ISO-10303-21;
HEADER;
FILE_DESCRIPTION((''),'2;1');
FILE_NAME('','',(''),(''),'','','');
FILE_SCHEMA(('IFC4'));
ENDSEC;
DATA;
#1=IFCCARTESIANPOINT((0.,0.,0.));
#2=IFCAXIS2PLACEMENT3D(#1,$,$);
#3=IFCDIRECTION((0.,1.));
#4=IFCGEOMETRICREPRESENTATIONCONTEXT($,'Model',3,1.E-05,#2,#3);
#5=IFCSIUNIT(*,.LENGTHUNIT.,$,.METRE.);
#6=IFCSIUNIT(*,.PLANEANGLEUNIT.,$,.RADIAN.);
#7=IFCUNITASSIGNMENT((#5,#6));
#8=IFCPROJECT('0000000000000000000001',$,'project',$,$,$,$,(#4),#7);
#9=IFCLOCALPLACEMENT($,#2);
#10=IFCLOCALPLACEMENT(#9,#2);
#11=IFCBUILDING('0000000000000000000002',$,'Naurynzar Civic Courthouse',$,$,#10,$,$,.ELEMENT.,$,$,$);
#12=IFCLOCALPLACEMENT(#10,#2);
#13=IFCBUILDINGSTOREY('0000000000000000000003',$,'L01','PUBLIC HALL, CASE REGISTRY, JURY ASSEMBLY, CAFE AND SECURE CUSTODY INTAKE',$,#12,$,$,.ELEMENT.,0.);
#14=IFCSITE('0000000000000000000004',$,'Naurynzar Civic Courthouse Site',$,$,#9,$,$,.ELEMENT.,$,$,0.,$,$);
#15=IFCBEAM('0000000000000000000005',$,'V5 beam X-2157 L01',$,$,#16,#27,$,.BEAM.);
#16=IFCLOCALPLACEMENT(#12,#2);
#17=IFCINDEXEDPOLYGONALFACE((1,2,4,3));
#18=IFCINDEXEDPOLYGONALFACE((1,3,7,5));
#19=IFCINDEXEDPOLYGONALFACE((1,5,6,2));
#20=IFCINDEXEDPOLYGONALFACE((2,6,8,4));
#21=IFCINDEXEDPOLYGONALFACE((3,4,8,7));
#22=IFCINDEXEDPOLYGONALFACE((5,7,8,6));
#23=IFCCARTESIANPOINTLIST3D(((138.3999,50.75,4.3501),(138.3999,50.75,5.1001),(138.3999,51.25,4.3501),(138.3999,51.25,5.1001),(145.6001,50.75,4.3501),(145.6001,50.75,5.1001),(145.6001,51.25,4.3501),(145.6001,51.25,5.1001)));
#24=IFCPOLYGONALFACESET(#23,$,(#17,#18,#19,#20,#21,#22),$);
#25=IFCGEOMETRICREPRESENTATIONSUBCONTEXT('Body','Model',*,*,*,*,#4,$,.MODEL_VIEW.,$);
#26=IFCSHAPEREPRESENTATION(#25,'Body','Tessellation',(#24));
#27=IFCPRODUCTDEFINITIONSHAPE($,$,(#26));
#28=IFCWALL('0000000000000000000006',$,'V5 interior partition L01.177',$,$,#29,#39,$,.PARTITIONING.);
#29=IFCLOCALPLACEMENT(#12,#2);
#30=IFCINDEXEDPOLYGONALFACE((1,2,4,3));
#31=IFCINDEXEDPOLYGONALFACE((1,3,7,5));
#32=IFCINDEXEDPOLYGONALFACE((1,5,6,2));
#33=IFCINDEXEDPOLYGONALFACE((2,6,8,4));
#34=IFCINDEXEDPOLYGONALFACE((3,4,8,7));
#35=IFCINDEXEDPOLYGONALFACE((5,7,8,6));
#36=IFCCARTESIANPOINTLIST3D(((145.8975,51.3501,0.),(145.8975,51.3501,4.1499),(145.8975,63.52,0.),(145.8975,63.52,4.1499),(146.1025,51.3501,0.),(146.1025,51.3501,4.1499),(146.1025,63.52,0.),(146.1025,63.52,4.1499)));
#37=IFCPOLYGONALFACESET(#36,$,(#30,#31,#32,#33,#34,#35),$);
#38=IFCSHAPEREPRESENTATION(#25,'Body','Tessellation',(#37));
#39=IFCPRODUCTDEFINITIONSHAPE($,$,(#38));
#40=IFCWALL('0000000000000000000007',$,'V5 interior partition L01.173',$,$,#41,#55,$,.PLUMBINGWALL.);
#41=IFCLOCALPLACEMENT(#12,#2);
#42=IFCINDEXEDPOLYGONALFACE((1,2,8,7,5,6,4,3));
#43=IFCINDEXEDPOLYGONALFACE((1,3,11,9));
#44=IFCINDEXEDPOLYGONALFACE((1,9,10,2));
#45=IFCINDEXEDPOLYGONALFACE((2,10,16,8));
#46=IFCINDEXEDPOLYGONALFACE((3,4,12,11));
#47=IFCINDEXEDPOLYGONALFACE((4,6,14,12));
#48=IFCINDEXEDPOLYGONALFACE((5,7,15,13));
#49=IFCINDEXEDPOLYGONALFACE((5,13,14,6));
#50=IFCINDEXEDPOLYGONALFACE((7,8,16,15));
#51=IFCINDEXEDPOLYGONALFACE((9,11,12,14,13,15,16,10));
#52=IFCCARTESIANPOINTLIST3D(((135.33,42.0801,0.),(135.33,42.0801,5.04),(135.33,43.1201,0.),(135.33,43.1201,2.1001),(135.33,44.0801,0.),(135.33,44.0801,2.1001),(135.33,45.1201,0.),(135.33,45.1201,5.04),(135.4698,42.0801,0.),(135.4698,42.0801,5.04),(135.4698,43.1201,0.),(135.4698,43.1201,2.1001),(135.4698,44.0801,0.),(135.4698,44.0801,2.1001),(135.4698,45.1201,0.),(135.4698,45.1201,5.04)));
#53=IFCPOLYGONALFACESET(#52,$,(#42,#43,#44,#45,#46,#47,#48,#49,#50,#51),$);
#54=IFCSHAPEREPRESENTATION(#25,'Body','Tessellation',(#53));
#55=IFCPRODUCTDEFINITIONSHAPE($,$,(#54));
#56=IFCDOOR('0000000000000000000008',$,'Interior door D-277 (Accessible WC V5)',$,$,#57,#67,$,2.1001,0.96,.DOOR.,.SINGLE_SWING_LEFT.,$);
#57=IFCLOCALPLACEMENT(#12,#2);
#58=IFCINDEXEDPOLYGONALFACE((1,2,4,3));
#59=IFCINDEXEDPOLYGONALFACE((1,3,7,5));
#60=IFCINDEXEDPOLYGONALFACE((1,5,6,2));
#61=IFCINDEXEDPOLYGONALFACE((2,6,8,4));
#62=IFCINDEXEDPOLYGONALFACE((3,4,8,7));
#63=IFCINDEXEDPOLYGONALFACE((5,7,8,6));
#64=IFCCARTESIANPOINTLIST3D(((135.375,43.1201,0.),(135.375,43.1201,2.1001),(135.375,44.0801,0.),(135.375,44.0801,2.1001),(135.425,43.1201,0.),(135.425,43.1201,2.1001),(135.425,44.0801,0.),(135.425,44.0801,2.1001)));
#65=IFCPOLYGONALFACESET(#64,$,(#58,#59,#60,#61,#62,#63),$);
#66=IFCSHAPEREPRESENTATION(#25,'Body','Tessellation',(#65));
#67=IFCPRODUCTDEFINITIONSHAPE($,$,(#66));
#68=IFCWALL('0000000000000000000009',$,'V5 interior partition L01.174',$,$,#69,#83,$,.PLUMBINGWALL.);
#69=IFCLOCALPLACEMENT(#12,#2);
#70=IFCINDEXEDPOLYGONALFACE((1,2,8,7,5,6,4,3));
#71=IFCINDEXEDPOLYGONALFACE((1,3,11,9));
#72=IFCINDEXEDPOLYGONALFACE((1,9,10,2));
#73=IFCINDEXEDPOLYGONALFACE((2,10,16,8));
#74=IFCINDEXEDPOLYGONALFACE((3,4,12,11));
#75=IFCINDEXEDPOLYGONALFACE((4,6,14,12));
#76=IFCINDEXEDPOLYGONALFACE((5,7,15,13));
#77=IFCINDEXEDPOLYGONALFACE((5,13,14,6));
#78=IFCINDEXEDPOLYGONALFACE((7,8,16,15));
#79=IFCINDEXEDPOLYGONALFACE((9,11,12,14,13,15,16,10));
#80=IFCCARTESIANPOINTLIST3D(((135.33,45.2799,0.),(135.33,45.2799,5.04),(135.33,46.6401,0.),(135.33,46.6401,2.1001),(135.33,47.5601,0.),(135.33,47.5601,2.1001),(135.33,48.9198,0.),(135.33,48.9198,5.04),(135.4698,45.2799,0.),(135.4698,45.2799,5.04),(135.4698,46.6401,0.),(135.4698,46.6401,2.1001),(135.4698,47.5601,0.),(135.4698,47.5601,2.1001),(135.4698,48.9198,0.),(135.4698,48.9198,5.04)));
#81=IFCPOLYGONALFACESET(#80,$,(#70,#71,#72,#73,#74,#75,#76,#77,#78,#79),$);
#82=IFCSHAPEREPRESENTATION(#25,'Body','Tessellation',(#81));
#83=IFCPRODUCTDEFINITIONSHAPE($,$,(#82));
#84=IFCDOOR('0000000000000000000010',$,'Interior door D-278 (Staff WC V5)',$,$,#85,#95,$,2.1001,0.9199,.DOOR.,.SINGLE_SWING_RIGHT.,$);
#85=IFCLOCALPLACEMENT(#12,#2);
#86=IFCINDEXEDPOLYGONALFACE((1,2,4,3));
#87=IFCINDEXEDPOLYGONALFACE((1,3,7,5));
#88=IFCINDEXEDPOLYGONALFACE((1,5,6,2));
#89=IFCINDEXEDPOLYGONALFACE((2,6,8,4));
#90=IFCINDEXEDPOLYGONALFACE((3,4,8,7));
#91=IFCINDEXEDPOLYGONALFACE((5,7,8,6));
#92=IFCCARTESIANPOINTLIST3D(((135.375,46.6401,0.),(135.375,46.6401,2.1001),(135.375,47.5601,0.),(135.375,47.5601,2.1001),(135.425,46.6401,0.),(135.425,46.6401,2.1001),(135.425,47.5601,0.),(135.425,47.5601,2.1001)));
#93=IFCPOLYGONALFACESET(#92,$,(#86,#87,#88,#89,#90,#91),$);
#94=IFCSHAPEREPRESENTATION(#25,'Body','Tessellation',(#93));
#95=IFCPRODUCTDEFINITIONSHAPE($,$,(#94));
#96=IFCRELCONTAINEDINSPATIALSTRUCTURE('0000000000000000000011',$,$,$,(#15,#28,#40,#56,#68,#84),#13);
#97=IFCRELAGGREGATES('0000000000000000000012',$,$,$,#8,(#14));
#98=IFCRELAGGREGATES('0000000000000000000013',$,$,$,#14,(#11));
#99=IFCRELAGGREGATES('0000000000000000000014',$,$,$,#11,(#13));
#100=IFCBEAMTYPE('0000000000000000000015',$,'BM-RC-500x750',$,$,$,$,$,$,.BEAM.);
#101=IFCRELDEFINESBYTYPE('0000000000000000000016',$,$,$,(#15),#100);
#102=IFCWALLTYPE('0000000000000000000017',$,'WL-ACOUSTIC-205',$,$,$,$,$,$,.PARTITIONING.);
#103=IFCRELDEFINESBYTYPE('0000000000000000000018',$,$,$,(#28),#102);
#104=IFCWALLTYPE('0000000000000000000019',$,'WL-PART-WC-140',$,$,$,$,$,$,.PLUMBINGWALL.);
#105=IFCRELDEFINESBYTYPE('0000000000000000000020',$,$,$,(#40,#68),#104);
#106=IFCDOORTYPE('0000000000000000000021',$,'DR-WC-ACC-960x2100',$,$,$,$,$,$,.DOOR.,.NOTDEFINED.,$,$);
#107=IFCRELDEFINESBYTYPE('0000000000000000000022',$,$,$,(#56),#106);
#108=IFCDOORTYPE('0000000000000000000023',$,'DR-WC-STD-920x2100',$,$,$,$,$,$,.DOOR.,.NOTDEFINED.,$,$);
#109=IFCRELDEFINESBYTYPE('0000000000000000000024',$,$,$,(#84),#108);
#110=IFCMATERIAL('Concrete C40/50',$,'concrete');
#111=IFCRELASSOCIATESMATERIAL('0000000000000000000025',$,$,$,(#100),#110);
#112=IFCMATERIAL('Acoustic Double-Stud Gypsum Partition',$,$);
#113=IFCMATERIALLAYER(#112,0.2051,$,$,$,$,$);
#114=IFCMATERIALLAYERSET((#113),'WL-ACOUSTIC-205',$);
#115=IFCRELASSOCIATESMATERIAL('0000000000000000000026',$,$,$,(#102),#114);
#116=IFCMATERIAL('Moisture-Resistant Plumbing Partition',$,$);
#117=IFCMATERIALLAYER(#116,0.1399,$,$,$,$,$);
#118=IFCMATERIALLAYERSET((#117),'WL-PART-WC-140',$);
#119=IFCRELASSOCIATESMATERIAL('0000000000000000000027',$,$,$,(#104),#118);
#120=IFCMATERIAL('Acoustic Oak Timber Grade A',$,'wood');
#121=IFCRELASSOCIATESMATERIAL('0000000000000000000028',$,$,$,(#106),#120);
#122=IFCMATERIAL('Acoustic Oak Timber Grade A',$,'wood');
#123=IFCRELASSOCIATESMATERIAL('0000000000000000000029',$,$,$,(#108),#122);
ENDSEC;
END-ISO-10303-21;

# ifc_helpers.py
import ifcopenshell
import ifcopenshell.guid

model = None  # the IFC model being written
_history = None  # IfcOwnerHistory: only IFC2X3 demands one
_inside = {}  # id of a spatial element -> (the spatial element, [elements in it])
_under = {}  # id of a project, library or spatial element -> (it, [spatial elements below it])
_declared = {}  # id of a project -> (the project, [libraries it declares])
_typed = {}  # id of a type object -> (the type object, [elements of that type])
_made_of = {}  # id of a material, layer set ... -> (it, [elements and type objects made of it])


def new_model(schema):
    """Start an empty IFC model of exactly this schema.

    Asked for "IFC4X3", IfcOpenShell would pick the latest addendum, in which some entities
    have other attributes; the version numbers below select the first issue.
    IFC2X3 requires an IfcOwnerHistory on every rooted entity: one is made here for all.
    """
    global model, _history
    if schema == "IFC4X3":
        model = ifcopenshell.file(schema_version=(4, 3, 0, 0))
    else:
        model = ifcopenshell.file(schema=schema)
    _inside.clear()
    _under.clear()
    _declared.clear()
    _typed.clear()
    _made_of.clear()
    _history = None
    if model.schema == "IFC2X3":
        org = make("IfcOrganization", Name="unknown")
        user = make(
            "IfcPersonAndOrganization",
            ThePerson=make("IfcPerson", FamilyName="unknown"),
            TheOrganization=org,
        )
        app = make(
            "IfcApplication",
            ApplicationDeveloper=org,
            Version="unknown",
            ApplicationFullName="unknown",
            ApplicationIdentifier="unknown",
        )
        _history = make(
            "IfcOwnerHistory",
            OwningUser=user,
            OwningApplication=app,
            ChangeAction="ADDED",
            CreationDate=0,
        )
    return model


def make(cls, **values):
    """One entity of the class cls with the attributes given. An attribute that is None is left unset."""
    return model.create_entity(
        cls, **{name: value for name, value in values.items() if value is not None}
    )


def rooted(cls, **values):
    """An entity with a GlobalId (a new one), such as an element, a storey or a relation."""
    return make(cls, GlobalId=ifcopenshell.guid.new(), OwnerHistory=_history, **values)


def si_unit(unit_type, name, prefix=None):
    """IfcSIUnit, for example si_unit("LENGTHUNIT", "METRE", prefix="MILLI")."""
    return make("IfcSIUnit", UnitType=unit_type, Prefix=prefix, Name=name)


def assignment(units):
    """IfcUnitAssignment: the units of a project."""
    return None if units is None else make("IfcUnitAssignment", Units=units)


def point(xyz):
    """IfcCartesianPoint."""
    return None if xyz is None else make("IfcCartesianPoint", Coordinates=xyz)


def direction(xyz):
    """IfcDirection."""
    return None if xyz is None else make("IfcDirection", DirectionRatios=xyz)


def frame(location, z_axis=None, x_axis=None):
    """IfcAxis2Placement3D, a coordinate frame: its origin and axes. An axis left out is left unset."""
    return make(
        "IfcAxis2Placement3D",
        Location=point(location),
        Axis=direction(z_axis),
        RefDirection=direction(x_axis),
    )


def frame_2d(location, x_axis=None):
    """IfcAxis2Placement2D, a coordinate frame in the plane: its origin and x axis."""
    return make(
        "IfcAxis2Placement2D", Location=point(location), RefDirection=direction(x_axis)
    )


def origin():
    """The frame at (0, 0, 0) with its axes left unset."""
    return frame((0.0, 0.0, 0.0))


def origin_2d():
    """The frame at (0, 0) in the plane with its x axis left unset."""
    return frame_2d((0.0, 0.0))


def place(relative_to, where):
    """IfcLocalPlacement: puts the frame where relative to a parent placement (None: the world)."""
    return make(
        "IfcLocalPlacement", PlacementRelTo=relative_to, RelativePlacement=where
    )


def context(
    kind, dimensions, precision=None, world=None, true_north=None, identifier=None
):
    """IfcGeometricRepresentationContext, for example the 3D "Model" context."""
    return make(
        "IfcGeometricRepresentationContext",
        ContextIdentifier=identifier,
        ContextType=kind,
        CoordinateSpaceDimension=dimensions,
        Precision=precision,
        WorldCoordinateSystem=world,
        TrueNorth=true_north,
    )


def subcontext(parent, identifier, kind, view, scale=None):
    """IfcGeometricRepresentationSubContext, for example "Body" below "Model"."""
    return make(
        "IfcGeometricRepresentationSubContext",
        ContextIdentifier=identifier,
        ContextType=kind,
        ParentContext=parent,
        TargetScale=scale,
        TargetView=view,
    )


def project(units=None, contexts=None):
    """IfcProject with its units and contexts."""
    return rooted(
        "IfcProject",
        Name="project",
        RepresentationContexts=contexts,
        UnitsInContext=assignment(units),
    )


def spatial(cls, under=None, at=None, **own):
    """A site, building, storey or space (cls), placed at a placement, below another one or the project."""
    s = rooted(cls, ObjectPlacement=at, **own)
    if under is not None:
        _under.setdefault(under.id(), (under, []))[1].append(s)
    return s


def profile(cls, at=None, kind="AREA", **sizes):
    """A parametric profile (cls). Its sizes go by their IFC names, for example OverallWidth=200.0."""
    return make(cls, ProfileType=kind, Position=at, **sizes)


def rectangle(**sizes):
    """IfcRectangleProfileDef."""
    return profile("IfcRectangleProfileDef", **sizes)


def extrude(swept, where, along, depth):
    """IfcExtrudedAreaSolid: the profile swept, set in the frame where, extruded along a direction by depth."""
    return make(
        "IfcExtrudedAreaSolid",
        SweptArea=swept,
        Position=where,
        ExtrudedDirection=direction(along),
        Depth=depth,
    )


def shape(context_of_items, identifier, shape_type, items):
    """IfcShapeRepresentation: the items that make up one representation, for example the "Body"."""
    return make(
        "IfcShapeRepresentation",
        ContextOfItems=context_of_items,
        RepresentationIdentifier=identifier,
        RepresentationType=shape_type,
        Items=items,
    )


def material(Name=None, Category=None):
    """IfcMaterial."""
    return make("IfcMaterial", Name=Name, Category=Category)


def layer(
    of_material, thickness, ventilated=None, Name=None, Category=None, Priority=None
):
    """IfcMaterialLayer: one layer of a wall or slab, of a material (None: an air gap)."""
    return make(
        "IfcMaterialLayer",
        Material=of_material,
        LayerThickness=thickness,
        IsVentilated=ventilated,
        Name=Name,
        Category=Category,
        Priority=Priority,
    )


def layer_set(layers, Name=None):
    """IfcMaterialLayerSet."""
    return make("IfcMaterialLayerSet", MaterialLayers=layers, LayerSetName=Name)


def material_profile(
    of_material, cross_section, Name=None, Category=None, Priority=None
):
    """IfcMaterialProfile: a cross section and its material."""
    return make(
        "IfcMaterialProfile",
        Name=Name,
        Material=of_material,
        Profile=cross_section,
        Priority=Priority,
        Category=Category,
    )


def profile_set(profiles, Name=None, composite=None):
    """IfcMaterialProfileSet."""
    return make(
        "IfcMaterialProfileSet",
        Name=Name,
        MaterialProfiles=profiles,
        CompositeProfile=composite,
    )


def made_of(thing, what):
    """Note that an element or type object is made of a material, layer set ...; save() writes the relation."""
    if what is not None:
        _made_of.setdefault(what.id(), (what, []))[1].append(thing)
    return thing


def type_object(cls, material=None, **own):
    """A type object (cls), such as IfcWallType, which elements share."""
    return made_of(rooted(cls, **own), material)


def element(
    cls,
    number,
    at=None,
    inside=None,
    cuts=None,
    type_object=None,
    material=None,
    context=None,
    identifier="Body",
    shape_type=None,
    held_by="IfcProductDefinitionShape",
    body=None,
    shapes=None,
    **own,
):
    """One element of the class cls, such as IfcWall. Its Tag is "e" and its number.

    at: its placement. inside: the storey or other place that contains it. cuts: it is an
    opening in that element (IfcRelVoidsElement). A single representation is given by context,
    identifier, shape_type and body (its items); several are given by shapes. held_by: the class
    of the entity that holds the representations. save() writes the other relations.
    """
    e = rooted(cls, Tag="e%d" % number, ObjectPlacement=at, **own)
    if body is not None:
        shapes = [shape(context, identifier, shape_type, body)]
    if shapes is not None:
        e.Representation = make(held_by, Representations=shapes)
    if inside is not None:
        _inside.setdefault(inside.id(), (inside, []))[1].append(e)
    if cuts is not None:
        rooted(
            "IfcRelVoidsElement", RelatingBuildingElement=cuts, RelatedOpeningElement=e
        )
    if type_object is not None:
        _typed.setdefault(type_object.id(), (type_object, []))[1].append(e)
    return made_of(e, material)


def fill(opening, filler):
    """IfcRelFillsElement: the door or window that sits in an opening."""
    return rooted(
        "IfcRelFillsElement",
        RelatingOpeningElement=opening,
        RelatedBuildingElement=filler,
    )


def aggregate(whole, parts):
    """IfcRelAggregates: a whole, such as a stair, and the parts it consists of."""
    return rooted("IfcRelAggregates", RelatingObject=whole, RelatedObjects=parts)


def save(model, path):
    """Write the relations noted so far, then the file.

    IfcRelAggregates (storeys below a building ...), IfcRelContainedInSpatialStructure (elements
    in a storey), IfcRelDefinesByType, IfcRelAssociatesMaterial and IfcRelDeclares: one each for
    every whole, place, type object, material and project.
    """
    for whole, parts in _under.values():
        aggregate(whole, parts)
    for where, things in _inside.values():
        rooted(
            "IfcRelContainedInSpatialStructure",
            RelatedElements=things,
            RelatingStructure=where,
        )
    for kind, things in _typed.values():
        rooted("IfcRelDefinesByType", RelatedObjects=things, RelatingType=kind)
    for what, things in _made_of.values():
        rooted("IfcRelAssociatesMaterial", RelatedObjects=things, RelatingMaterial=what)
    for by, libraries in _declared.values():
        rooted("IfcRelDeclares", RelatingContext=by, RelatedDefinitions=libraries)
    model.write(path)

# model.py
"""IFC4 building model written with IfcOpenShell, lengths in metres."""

from ifc_helpers import new_model, si_unit, direction, frame, frame_2d, origin, origin_2d, place, context, subcontext, project, spatial, rectangle, extrude, material, layer, layer_set, material_profile, profile_set, type_object, element, fill, save


model = new_model("IFC4")

# Units and contexts
model_context = context("Model", 3, precision=1e-05, world=origin(), true_north=direction((0.0, 1.0)))
body_context = subcontext(model_context, "Body", "Model", "MODEL_VIEW")
ifc_project = project(units=[si_unit("LENGTHUNIT", "METRE"), si_unit("PLANEANGLEUNIT", "RADIAN")], contexts=[model_context])

# Site, building, storey
site_placement = place(None, origin())
site = spatial("IfcSite", under=ifc_project, at=site_placement, Name="Naurynzar Civic Courthouse Site", CompositionType="ELEMENT", RefElevation=0.0)
building_placement = place(site_placement, origin())
building = spatial("IfcBuilding", under=site, at=building_placement, Name="Naurynzar Civic Courthouse", CompositionType="ELEMENT")
storey_placement = place(building_placement, origin())
storey = spatial("IfcBuildingStorey", under=building, at=storey_placement, Name="L01", Description="PUBLIC HALL, CASE REGISTRY, JURY ASSEMBLY, CAFE AND SECURE CUSTODY INTAKE", CompositionType="ELEMENT", Elevation=0.0)

# Beam
ifc_material_1 = material(Name="Concrete C40/50", Category="concrete")
ifc_material_profile_1 = material_profile(ifc_material_1, rectangle(XDim=0.5, YDim=0.75, at=origin_2d()), Name="RCB 500x750")
ifc_profile_set_1 = profile_set([ifc_material_profile_1], Name="Concrete C40/50")
beam_type_1 = type_object("IfcBeamType", Name="BM-RC-500x750", PredefinedType="BEAM", material=ifc_profile_set_1)
beam_1_placement = place(storey_placement, frame((138.3999, 51.0, 4.7251), z_axis=(1.0, 0.0, 0.0), x_axis=(0.0, 1.0, 0.0)))
element("IfcBeam", 1, at=beam_1_placement, inside=storey, type_object=beam_type_1, Name="V5 beam X-2157 L01", PredefinedType="BEAM", context=body_context, shape_type="SweptSolid", body=[
    extrude(rectangle(XDim=0.5, YDim=0.75, at=origin_2d()), origin(), (0.0, 0.0, 1.0), 7.2002),
])

# Wall
ifc_material_2 = material(Name="Acoustic Double-Stud Gypsum Partition")
ifc_layer_1 = layer(ifc_material_2, 0.2051)
ifc_layer_set_1 = layer_set([ifc_layer_1], Name="WL-ACOUSTIC-205")
wall_type_1 = type_object("IfcWallType", Name="WL-ACOUSTIC-205", PredefinedType="PARTITIONING", material=ifc_layer_set_1)
wall_1_placement = place(storey_placement, frame((146.0, 51.3501, 0.0), z_axis=(0.0, 0.0, 1.0), x_axis=(0.0, 1.0, 0.0)))
element("IfcWall", 2, at=wall_1_placement, inside=storey, type_object=wall_type_1, Name="V5 interior partition L01.177", PredefinedType="PARTITIONING", context=body_context, shape_type="SweptSolid", body=[
    extrude(rectangle(XDim=12.1699, YDim=0.2051, at=frame_2d((6.085, 0.0))), origin(), (0.0, 0.0, 1.0), 4.1499),
])

# Walls, openings, doors
ifc_material_3 = material(Name="Moisture-Resistant Plumbing Partition")
ifc_layer_2 = layer(ifc_material_3, 0.1399)
ifc_layer_set_2 = layer_set([ifc_layer_2], Name="WL-PART-WC-140")
wall_type_2 = type_object("IfcWallType", Name="WL-PART-WC-140", PredefinedType="PLUMBINGWALL", material=ifc_layer_set_2)
wall_2_placement = place(storey_placement, frame((135.3999, 42.0801, 0.0), z_axis=(0.0, 0.0, 1.0), x_axis=(0.0, 1.0, 0.0)))
wall_2 = element("IfcWall", 3, at=wall_2_placement, inside=storey, type_object=wall_type_2, Name="V5 interior partition L01.173", PredefinedType="PLUMBINGWALL", context=body_context, shape_type="SweptSolid", body=[
    extrude(rectangle(XDim=3.04, YDim=0.1399, at=frame_2d((1.52, 0.0))), origin(), (0.0, 0.0, 1.0), 5.04),
])
opening_1_placement = place(wall_2_placement, frame((1.04, 0.0, 0.0)))
opening_1 = element("IfcOpeningElement", 4, at=opening_1_placement, cuts=wall_2, PredefinedType="OPENING", context=body_context, shape_type="SweptSolid", body=[
    extrude(rectangle(XDim=0.96, YDim=2.1001, at=frame_2d((0.48, 1.05))), frame((0.0, 0.0798, 0.0), z_axis=(0.0, -1.0, 0.0), x_axis=(1.0, 0.0, 0.0)), (0.0, 0.0, 1.0), 0.1599),
])
ifc_material_4 = material(Name="Acoustic Oak Timber Grade A", Category="wood")
door_type_1 = type_object("IfcDoorType", Name="DR-WC-ACC-960x2100", OperationType="NOTDEFINED", PredefinedType="DOOR", material=ifc_material_4)
door_1_placement = place(opening_1_placement, origin())
door_1 = element("IfcDoor", 5, at=door_1_placement, inside=storey, type_object=door_type_1, Name="Interior door D-277 (Accessible WC V5)", OperationType="SINGLE_SWING_LEFT", OverallHeight=2.1001, OverallWidth=0.96, PredefinedType="DOOR", context=body_context, shape_type="SweptSolid", body=[
    extrude(rectangle(XDim=0.96, YDim=2.1001, at=frame_2d((0.48, 1.05))), frame((0.0, 0.0249, 0.0), z_axis=(0.0, -1.0, 0.0), x_axis=(1.0, 0.0, 0.0)), (0.0, 0.0, 1.0), 0.05),
])
fill(opening_1, door_1)
wall_3_placement = place(storey_placement, frame((135.3999, 45.28, 0.0), z_axis=(0.0, 0.0, 1.0), x_axis=(0.0, 1.0, 0.0)))
wall_3 = element("IfcWall", 6, at=wall_3_placement, inside=storey, type_object=wall_type_2, Name="V5 interior partition L01.174", PredefinedType="PLUMBINGWALL", context=body_context, shape_type="SweptSolid", body=[
    extrude(rectangle(XDim=3.6399, YDim=0.1399, at=frame_2d((1.8198, 0.0))), origin(), (0.0, 0.0, 1.0), 5.04),
])
opening_2_placement = place(wall_3_placement, frame((1.3601, 0.0, 0.0)))
opening_2 = element("IfcOpeningElement", 7, at=opening_2_placement, cuts=wall_3, PredefinedType="OPENING", context=body_context, shape_type="SweptSolid", body=[
    extrude(rectangle(XDim=0.9199, YDim=2.1001, at=frame_2d((0.46, 1.05))), frame((0.0, 0.0798, 0.0), z_axis=(0.0, -1.0, 0.0), x_axis=(1.0, 0.0, 0.0)), (0.0, 0.0, 1.0), 0.1599),
])
ifc_material_5 = material(Name="Acoustic Oak Timber Grade A", Category="wood")
door_type_2 = type_object("IfcDoorType", Name="DR-WC-STD-920x2100", OperationType="NOTDEFINED", PredefinedType="DOOR", material=ifc_material_5)
door_2_placement = place(opening_2_placement, origin())
door_2 = element("IfcDoor", 8, at=door_2_placement, inside=storey, type_object=door_type_2, Name="Interior door D-278 (Staff WC V5)", OperationType="SINGLE_SWING_RIGHT", OverallHeight=2.1001, OverallWidth=0.9199, PredefinedType="DOOR", context=body_context, shape_type="SweptSolid", body=[
    extrude(rectangle(XDim=0.9199, YDim=2.1001, at=frame_2d((0.46, 1.05))), frame((0.0, 0.0249, 0.0), z_axis=(0.0, -1.0, 0.0), x_axis=(1.0, 0.0, 0.0)), (0.0, 0.0, 1.0), 0.05),
])
fill(opening_2, door_2)

save(model, "model.ifc")
